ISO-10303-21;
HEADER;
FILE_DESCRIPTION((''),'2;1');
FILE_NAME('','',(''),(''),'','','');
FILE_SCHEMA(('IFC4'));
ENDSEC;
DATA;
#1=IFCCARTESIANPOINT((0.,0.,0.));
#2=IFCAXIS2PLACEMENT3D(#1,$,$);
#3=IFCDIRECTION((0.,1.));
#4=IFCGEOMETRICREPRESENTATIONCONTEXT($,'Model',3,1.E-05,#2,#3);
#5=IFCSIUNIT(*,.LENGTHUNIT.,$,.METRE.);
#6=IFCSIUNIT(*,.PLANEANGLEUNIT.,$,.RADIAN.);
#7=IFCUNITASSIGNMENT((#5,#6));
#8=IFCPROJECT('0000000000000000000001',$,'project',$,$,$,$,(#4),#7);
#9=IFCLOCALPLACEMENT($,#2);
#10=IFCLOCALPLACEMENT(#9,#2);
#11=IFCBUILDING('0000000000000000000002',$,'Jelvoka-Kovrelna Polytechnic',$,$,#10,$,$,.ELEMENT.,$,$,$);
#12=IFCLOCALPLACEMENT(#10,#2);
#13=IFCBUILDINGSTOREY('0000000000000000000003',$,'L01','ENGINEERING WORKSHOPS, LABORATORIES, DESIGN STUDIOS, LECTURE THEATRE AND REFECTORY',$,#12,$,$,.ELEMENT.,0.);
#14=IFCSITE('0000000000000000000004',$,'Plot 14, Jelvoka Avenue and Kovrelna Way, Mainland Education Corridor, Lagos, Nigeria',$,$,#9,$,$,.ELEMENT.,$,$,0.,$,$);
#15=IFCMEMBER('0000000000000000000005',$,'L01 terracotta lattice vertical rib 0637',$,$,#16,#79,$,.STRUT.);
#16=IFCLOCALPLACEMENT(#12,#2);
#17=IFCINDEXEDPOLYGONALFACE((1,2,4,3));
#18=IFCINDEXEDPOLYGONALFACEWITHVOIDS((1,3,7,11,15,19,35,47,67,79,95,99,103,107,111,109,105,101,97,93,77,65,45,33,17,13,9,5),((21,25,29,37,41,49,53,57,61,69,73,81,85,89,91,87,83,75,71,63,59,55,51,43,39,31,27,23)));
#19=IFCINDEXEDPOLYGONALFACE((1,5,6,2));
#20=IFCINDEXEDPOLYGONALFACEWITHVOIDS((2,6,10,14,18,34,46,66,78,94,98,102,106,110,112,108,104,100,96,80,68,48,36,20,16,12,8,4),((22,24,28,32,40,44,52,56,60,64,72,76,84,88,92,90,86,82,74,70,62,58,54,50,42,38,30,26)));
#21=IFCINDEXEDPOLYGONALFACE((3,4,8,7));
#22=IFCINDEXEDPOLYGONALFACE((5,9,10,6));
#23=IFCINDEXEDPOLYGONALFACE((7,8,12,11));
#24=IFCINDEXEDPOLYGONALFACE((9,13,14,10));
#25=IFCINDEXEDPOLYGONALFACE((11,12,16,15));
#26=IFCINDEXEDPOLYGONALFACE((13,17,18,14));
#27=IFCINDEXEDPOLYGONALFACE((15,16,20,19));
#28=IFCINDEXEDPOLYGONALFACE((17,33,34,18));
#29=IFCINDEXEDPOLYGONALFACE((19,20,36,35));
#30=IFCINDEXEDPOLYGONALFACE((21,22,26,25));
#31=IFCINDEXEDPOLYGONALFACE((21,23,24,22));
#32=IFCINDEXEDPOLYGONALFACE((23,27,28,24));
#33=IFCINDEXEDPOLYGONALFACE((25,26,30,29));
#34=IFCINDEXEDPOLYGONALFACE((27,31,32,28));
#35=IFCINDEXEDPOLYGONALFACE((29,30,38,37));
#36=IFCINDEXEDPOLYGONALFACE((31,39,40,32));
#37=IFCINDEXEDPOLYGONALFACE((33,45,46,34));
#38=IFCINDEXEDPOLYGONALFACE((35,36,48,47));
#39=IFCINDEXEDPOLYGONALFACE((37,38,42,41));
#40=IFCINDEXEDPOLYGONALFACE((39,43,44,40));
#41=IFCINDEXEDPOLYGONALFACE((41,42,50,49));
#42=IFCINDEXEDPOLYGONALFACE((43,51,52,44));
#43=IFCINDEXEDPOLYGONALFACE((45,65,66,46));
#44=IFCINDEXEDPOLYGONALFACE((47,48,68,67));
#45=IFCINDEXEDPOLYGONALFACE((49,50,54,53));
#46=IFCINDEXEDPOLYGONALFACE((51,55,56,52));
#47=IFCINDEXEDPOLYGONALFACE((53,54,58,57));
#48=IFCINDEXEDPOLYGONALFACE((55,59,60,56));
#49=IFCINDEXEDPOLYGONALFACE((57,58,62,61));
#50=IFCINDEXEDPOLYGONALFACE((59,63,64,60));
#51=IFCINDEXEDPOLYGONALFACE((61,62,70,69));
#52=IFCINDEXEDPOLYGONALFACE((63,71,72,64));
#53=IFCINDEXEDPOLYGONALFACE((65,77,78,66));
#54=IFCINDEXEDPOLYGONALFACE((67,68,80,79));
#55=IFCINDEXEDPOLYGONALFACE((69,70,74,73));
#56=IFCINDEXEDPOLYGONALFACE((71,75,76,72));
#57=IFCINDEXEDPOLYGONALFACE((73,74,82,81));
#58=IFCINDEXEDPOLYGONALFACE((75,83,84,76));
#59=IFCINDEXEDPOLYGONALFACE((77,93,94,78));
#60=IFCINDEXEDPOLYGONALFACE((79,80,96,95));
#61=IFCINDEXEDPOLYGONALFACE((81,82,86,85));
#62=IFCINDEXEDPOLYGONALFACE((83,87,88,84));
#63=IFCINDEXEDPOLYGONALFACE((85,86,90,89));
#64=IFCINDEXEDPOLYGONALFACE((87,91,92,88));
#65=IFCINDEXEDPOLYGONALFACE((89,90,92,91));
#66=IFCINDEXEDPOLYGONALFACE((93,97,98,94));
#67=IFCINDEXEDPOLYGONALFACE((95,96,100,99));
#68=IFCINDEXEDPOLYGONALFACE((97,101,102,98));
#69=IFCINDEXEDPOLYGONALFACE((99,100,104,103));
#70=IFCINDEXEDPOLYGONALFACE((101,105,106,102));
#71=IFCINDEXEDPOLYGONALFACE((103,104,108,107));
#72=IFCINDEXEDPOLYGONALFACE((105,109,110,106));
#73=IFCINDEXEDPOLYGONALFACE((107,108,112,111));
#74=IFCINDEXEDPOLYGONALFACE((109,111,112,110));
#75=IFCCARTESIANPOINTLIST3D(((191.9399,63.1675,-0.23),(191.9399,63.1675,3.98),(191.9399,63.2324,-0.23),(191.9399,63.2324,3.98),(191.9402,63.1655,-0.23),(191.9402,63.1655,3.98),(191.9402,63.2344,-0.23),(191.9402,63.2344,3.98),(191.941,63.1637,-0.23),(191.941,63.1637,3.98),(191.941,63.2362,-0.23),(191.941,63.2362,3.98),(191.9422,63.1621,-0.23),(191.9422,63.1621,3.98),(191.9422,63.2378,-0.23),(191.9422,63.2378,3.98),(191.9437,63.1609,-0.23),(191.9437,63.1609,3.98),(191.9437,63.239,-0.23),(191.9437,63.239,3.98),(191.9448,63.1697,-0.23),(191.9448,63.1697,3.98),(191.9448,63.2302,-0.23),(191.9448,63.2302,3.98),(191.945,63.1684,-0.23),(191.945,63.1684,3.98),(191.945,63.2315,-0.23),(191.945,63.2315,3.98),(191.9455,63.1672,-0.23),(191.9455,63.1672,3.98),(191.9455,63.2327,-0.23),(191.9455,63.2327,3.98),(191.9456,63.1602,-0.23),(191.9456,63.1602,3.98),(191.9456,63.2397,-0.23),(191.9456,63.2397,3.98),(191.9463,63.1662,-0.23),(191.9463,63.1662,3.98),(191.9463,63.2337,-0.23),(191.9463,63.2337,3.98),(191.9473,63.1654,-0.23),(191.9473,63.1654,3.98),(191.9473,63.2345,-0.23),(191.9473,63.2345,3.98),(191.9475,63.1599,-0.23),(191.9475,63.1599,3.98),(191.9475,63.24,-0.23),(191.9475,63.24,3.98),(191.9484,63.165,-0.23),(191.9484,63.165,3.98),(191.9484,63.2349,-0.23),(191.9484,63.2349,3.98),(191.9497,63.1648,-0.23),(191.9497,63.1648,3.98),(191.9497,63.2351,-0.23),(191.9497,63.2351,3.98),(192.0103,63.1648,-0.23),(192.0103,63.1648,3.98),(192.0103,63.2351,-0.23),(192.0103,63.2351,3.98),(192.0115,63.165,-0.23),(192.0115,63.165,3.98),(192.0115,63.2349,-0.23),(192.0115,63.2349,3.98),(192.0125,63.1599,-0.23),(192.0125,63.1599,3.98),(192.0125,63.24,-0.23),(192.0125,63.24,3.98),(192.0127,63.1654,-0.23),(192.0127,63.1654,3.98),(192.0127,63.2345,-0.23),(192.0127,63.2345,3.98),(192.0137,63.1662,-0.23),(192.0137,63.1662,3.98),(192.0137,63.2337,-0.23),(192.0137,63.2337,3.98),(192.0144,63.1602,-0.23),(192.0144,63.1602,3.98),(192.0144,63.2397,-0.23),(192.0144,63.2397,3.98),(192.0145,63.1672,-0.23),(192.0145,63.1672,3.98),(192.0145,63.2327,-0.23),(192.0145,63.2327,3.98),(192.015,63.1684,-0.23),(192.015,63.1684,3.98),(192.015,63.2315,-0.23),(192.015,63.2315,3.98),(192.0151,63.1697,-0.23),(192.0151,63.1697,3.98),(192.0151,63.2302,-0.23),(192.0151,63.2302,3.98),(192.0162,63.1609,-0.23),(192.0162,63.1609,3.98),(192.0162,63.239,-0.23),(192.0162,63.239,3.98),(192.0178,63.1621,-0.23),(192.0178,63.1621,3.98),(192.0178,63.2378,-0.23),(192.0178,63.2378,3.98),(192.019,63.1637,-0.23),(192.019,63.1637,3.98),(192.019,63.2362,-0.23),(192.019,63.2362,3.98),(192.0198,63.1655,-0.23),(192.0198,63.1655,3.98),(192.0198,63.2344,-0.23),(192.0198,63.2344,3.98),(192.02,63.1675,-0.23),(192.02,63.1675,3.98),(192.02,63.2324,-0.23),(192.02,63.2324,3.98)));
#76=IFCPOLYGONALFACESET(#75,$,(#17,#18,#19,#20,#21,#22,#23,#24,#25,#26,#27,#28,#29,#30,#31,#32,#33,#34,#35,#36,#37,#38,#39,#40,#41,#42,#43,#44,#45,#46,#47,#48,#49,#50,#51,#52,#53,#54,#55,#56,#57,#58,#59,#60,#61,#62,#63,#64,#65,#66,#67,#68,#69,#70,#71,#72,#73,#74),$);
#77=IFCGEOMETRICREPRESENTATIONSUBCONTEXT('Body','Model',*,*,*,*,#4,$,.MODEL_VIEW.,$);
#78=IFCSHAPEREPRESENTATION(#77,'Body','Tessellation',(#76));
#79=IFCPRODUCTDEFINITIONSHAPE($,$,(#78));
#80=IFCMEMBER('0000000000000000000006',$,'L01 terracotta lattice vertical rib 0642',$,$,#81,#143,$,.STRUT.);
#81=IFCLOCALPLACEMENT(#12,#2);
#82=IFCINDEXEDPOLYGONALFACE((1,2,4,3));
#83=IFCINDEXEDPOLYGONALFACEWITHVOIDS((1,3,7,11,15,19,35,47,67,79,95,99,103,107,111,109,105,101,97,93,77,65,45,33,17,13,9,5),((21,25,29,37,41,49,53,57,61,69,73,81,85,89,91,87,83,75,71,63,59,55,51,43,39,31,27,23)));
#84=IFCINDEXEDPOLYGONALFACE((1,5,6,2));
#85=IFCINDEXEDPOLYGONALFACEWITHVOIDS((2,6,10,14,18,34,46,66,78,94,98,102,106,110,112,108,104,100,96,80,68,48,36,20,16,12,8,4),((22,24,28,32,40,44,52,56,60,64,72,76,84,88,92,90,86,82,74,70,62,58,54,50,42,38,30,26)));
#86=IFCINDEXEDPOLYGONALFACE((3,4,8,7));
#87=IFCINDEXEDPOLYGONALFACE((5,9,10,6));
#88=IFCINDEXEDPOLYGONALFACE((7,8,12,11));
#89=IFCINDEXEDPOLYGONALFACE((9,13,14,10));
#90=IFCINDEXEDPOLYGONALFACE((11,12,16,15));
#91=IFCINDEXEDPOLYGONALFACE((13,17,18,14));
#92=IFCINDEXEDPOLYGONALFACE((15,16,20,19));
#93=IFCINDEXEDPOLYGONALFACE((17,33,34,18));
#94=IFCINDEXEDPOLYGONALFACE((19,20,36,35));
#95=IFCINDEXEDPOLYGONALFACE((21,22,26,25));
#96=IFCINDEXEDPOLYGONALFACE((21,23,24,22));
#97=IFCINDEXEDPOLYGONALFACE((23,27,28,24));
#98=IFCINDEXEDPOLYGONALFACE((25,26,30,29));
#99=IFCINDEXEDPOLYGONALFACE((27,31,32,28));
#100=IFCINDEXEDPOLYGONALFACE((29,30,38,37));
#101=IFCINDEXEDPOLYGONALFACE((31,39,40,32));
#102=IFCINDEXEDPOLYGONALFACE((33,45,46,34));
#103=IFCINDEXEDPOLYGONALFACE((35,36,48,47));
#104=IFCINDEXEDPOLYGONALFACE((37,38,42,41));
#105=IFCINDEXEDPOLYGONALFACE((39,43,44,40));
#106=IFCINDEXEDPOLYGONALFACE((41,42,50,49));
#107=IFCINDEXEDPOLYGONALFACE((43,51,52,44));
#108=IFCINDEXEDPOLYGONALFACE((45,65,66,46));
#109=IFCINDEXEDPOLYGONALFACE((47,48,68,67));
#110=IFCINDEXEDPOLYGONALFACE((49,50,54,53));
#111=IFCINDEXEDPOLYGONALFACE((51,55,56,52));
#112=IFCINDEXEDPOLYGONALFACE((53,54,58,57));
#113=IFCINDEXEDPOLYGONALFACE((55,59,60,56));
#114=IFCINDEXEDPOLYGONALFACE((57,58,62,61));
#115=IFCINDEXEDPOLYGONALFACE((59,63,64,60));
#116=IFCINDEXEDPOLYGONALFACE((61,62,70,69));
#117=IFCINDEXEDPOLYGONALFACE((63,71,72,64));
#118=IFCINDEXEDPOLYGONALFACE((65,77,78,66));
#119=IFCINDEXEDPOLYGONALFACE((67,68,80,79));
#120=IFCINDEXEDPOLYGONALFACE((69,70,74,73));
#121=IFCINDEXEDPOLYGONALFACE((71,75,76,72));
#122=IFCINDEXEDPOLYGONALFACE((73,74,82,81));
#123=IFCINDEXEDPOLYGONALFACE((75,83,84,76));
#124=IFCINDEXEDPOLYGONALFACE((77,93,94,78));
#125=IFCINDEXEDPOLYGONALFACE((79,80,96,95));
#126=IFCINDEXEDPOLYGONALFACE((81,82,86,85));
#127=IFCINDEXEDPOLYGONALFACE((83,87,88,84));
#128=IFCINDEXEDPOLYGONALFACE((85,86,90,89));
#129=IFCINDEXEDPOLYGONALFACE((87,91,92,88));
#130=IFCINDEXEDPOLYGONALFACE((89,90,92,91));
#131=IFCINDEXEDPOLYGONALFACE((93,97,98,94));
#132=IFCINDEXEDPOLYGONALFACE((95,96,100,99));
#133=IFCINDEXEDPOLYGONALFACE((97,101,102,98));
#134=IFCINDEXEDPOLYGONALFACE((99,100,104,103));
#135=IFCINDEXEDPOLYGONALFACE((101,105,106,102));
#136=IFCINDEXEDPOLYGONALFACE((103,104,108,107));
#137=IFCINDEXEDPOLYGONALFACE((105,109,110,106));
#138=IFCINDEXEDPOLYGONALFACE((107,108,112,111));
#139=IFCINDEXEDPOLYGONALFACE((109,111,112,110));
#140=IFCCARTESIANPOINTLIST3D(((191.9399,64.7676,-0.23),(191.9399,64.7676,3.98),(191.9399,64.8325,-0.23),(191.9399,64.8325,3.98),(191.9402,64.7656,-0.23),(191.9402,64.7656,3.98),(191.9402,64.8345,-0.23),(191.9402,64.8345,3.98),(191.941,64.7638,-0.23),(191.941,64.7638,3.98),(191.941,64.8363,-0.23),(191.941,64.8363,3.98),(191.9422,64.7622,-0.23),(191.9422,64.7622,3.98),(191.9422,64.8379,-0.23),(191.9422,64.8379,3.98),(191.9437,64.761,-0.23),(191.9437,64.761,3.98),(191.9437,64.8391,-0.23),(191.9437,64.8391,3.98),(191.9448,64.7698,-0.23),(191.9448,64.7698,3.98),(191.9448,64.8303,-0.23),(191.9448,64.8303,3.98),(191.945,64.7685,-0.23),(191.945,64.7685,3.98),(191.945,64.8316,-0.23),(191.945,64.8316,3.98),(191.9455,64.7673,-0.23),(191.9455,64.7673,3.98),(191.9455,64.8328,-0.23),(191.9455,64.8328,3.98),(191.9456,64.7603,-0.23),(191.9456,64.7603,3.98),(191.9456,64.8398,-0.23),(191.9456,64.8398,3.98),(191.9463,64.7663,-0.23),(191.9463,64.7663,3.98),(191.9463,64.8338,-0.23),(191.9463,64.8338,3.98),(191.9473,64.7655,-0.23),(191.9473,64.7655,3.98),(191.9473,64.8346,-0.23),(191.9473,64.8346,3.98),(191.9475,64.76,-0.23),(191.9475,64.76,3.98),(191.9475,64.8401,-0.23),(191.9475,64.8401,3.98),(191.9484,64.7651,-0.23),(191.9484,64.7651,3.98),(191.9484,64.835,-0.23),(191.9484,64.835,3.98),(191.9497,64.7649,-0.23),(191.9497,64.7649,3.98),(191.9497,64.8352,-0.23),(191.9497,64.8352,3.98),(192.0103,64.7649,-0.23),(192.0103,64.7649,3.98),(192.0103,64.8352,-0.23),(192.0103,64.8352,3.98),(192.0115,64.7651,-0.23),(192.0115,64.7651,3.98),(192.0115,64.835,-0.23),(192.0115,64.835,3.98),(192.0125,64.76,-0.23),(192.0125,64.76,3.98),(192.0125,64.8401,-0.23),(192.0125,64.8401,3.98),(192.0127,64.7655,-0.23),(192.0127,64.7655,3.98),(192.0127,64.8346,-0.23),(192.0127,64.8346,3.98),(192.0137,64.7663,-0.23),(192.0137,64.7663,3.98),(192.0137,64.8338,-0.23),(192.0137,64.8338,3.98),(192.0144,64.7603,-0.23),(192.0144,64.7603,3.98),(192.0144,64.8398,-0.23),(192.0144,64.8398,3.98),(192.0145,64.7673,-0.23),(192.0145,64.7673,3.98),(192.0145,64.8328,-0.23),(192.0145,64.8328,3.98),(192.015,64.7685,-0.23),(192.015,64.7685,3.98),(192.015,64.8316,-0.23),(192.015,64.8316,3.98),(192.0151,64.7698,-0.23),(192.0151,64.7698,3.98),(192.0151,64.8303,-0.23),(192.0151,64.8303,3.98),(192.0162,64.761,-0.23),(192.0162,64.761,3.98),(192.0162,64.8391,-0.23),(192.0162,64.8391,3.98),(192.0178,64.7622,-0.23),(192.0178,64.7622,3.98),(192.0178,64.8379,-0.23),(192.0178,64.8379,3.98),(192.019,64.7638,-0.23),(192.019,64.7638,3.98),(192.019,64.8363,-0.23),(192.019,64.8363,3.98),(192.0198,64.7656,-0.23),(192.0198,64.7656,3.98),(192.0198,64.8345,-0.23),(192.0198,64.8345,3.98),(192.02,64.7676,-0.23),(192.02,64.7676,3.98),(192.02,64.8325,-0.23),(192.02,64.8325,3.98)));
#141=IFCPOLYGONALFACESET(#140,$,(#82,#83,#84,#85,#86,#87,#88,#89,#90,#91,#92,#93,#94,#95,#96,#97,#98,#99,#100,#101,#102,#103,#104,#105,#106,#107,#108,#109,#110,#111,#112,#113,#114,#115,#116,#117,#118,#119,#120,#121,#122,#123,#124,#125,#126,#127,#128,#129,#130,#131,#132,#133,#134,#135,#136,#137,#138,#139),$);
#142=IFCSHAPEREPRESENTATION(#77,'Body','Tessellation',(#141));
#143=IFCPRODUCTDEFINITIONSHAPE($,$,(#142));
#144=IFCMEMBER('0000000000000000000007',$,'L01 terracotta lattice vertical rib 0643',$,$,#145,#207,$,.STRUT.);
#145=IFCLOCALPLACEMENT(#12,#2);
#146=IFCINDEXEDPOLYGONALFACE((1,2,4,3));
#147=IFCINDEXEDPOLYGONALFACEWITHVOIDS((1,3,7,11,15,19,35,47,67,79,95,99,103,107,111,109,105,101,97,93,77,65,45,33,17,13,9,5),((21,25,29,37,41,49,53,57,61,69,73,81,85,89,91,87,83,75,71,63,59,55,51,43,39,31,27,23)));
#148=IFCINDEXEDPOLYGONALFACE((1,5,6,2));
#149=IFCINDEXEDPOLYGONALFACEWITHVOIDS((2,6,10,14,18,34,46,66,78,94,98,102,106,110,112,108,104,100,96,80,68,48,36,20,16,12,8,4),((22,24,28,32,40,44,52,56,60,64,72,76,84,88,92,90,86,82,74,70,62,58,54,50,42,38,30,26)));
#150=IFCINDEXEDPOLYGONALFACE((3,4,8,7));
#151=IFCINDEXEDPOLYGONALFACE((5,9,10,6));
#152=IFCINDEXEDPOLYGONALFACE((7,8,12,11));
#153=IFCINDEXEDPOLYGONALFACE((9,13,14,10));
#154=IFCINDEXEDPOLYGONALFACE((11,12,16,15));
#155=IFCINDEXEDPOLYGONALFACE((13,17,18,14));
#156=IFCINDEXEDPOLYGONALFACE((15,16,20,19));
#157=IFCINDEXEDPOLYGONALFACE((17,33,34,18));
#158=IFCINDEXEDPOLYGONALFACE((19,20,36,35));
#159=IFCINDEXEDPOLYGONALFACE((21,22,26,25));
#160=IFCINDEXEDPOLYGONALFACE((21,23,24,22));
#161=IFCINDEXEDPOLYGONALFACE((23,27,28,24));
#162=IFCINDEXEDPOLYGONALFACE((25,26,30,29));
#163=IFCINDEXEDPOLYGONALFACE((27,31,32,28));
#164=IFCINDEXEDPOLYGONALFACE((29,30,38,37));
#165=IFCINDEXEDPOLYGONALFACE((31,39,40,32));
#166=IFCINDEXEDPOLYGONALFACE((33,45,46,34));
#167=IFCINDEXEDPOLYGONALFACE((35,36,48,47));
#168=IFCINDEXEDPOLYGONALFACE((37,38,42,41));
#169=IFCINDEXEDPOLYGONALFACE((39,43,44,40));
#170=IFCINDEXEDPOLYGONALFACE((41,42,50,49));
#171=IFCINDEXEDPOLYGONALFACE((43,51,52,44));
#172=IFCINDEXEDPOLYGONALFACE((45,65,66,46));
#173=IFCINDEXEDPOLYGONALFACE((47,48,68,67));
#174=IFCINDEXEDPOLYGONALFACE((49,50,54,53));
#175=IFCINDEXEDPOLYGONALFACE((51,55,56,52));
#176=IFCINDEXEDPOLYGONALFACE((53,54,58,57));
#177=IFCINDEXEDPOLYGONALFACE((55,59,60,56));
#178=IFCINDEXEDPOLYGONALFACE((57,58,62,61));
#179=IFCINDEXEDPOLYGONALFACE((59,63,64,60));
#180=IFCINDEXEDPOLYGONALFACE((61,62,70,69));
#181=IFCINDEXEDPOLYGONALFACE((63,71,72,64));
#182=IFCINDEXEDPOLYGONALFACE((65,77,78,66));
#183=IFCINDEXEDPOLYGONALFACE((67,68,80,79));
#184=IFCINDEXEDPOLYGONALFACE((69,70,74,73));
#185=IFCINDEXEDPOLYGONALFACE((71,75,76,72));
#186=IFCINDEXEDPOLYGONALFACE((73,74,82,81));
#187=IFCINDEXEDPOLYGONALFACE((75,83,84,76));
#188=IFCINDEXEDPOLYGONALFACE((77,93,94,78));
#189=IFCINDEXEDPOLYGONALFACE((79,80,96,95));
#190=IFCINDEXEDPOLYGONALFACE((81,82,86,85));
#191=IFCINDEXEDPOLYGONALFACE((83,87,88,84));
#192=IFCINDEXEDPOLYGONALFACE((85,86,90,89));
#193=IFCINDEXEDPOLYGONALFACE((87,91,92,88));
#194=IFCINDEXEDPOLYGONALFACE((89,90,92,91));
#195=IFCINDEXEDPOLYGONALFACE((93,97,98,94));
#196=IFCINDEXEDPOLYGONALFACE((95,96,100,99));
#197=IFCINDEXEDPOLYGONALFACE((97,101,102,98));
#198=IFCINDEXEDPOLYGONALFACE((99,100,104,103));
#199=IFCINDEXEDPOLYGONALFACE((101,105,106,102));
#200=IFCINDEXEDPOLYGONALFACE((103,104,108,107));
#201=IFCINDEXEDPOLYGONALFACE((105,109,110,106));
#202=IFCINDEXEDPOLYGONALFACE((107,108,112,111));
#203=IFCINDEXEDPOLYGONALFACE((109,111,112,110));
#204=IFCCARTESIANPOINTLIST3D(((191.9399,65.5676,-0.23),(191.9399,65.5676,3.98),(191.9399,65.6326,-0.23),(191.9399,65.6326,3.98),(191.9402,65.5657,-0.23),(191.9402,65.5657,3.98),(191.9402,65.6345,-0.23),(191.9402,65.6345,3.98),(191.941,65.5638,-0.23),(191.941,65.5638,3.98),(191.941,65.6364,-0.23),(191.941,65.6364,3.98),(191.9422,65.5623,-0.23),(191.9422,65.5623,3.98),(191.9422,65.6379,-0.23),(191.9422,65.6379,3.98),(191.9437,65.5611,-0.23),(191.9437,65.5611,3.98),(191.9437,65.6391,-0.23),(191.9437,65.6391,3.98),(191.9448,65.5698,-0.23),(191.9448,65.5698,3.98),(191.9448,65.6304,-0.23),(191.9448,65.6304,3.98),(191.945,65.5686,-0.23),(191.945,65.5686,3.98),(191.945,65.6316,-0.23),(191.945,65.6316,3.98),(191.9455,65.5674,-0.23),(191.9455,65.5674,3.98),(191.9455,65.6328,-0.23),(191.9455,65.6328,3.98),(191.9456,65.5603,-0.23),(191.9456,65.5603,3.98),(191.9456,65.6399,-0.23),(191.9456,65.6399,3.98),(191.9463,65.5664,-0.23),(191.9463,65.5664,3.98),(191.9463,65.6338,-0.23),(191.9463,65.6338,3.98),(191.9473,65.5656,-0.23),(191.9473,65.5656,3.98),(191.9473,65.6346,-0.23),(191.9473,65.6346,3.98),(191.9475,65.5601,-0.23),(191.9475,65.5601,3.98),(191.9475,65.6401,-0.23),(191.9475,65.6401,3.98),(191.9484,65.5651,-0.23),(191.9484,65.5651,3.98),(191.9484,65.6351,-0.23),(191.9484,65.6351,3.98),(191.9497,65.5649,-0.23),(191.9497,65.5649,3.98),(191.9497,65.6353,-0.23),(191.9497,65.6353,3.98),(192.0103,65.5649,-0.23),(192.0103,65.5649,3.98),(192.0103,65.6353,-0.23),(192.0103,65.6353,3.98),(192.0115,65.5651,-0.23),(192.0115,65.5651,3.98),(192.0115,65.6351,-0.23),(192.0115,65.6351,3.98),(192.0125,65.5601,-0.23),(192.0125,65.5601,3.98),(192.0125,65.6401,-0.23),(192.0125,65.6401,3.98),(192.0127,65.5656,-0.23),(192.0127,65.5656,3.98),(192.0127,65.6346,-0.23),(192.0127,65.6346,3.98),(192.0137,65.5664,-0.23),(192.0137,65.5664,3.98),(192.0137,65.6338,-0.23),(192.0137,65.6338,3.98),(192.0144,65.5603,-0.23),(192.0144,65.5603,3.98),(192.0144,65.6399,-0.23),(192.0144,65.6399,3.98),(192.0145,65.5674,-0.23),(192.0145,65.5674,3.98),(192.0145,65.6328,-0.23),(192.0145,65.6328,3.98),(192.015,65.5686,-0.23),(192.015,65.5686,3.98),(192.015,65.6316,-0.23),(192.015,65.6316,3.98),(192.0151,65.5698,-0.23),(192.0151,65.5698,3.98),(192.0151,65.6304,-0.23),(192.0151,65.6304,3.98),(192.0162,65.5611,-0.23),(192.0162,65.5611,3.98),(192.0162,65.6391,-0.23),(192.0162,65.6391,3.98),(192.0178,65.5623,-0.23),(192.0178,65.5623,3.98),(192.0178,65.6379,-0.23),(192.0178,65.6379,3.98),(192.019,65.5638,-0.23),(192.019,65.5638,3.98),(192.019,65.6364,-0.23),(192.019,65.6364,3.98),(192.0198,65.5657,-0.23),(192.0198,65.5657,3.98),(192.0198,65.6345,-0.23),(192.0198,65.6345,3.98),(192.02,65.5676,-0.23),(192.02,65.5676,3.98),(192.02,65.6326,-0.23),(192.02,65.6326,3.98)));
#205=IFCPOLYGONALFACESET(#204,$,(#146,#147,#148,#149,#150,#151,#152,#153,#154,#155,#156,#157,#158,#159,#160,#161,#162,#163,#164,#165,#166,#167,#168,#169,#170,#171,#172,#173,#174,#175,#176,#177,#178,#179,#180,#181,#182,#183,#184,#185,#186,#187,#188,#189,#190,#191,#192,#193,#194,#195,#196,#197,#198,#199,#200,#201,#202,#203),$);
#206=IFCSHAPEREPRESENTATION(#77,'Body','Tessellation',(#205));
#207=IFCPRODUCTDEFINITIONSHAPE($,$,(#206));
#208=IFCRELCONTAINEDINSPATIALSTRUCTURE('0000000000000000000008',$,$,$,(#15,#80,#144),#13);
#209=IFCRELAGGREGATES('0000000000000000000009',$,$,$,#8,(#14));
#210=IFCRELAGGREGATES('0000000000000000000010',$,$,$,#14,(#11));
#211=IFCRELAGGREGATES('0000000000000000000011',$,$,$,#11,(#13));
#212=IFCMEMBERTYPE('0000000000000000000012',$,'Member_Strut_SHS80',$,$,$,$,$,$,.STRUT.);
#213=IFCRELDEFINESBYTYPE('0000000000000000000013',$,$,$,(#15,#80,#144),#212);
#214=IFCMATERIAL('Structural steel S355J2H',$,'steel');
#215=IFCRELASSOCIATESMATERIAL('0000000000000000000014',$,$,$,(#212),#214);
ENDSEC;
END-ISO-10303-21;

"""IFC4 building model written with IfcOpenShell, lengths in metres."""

from ifc_helpers import new_model, si_unit, direction, frame, origin, origin_2d, place, context, subcontext, project, spatial, hollow_rectangle, extrude, material, material_profile, profile_set, type_object, element, save


model = new_model("IFC4")

# Units and contexts
model_context = context("Model", 3, precision=1e-05, world=origin(), true_north=direction((0.0, 1.0)))
body_context = subcontext(model_context, "Body", "Model", "MODEL_VIEW")
ifc_project = project(units=[si_unit("LENGTHUNIT", "METRE"), si_unit("PLANEANGLEUNIT", "RADIAN")], contexts=[model_context])

# Site, building, storey
site_placement = place(None, origin())
site = spatial("IfcSite", under=ifc_project, at=site_placement, Name="Plot 14, Jelvoka Avenue and Kovrelna Way, Mainland Education Corridor, Lagos, Nigeria", CompositionType="ELEMENT", RefElevation=0.0)
building_placement = place(site_placement, origin())
building = spatial("IfcBuilding", under=site, at=building_placement, Name="Jelvoka-Kovrelna Polytechnic", CompositionType="ELEMENT")
storey_placement = place(building_placement, origin())
storey = spatial("IfcBuildingStorey", under=building, at=storey_placement, Name="L01", Description="ENGINEERING WORKSHOPS, LABORATORIES, DESIGN STUDIOS, LECTURE THEATRE AND REFECTORY", CompositionType="ELEMENT", Elevation=0.0)

# Members
ifc_material_1 = material(Name="Structural steel S355J2H", Category="steel")
ifc_material_profile_1 = material_profile(ifc_material_1, hollow_rectangle(XDim=0.0801, YDim=0.0801, WallThickness=0.0049, InnerFilletRadius=0.0049, OuterFilletRadius=0.0076, at=origin_2d()), Name="80x80x5.0 SHS")
ifc_profile_set_1 = profile_set([ifc_material_profile_1], Name="Structural steel S355J2H")
member_type_1 = type_object("IfcMemberType", Name="Member_Strut_SHS80", PredefinedType="STRUT", material=ifc_profile_set_1)
for number, where, z_axis, x_axis, name in (
    (1, (191.98, 63.2, -0.23), (0.0, 0.0, 1.0), (1.0, 0.0, 0.0), "L01 terracotta lattice vertical rib 0637"),
    (2, (191.98, 64.8, -0.23), (0.0, 0.0, 1.0), (1.0, 0.0, 0.0), "L01 terracotta lattice vertical rib 0642"),
    (3, (191.98, 65.6001, -0.23), (0.0, 0.0, 1.0), (1.0, 0.0, 0.0), "L01 terracotta lattice vertical rib 0643"),
):
    element("IfcMember", number, at=place(storey_placement, frame(where, z_axis=z_axis, x_axis=x_axis)), inside=storey, type_object=member_type_1, Name=name, PredefinedType="STRUT", context=body_context, shape_type="SweptSolid", body=[
        extrude(hollow_rectangle(XDim=0.0801, YDim=0.0801, WallThickness=0.0049, InnerFilletRadius=0.0049, OuterFilletRadius=0.0076, at=origin_2d()), origin(), (0.0, 0.0, 1.0), 4.21),
    ])

save(model, "model.ifc")
